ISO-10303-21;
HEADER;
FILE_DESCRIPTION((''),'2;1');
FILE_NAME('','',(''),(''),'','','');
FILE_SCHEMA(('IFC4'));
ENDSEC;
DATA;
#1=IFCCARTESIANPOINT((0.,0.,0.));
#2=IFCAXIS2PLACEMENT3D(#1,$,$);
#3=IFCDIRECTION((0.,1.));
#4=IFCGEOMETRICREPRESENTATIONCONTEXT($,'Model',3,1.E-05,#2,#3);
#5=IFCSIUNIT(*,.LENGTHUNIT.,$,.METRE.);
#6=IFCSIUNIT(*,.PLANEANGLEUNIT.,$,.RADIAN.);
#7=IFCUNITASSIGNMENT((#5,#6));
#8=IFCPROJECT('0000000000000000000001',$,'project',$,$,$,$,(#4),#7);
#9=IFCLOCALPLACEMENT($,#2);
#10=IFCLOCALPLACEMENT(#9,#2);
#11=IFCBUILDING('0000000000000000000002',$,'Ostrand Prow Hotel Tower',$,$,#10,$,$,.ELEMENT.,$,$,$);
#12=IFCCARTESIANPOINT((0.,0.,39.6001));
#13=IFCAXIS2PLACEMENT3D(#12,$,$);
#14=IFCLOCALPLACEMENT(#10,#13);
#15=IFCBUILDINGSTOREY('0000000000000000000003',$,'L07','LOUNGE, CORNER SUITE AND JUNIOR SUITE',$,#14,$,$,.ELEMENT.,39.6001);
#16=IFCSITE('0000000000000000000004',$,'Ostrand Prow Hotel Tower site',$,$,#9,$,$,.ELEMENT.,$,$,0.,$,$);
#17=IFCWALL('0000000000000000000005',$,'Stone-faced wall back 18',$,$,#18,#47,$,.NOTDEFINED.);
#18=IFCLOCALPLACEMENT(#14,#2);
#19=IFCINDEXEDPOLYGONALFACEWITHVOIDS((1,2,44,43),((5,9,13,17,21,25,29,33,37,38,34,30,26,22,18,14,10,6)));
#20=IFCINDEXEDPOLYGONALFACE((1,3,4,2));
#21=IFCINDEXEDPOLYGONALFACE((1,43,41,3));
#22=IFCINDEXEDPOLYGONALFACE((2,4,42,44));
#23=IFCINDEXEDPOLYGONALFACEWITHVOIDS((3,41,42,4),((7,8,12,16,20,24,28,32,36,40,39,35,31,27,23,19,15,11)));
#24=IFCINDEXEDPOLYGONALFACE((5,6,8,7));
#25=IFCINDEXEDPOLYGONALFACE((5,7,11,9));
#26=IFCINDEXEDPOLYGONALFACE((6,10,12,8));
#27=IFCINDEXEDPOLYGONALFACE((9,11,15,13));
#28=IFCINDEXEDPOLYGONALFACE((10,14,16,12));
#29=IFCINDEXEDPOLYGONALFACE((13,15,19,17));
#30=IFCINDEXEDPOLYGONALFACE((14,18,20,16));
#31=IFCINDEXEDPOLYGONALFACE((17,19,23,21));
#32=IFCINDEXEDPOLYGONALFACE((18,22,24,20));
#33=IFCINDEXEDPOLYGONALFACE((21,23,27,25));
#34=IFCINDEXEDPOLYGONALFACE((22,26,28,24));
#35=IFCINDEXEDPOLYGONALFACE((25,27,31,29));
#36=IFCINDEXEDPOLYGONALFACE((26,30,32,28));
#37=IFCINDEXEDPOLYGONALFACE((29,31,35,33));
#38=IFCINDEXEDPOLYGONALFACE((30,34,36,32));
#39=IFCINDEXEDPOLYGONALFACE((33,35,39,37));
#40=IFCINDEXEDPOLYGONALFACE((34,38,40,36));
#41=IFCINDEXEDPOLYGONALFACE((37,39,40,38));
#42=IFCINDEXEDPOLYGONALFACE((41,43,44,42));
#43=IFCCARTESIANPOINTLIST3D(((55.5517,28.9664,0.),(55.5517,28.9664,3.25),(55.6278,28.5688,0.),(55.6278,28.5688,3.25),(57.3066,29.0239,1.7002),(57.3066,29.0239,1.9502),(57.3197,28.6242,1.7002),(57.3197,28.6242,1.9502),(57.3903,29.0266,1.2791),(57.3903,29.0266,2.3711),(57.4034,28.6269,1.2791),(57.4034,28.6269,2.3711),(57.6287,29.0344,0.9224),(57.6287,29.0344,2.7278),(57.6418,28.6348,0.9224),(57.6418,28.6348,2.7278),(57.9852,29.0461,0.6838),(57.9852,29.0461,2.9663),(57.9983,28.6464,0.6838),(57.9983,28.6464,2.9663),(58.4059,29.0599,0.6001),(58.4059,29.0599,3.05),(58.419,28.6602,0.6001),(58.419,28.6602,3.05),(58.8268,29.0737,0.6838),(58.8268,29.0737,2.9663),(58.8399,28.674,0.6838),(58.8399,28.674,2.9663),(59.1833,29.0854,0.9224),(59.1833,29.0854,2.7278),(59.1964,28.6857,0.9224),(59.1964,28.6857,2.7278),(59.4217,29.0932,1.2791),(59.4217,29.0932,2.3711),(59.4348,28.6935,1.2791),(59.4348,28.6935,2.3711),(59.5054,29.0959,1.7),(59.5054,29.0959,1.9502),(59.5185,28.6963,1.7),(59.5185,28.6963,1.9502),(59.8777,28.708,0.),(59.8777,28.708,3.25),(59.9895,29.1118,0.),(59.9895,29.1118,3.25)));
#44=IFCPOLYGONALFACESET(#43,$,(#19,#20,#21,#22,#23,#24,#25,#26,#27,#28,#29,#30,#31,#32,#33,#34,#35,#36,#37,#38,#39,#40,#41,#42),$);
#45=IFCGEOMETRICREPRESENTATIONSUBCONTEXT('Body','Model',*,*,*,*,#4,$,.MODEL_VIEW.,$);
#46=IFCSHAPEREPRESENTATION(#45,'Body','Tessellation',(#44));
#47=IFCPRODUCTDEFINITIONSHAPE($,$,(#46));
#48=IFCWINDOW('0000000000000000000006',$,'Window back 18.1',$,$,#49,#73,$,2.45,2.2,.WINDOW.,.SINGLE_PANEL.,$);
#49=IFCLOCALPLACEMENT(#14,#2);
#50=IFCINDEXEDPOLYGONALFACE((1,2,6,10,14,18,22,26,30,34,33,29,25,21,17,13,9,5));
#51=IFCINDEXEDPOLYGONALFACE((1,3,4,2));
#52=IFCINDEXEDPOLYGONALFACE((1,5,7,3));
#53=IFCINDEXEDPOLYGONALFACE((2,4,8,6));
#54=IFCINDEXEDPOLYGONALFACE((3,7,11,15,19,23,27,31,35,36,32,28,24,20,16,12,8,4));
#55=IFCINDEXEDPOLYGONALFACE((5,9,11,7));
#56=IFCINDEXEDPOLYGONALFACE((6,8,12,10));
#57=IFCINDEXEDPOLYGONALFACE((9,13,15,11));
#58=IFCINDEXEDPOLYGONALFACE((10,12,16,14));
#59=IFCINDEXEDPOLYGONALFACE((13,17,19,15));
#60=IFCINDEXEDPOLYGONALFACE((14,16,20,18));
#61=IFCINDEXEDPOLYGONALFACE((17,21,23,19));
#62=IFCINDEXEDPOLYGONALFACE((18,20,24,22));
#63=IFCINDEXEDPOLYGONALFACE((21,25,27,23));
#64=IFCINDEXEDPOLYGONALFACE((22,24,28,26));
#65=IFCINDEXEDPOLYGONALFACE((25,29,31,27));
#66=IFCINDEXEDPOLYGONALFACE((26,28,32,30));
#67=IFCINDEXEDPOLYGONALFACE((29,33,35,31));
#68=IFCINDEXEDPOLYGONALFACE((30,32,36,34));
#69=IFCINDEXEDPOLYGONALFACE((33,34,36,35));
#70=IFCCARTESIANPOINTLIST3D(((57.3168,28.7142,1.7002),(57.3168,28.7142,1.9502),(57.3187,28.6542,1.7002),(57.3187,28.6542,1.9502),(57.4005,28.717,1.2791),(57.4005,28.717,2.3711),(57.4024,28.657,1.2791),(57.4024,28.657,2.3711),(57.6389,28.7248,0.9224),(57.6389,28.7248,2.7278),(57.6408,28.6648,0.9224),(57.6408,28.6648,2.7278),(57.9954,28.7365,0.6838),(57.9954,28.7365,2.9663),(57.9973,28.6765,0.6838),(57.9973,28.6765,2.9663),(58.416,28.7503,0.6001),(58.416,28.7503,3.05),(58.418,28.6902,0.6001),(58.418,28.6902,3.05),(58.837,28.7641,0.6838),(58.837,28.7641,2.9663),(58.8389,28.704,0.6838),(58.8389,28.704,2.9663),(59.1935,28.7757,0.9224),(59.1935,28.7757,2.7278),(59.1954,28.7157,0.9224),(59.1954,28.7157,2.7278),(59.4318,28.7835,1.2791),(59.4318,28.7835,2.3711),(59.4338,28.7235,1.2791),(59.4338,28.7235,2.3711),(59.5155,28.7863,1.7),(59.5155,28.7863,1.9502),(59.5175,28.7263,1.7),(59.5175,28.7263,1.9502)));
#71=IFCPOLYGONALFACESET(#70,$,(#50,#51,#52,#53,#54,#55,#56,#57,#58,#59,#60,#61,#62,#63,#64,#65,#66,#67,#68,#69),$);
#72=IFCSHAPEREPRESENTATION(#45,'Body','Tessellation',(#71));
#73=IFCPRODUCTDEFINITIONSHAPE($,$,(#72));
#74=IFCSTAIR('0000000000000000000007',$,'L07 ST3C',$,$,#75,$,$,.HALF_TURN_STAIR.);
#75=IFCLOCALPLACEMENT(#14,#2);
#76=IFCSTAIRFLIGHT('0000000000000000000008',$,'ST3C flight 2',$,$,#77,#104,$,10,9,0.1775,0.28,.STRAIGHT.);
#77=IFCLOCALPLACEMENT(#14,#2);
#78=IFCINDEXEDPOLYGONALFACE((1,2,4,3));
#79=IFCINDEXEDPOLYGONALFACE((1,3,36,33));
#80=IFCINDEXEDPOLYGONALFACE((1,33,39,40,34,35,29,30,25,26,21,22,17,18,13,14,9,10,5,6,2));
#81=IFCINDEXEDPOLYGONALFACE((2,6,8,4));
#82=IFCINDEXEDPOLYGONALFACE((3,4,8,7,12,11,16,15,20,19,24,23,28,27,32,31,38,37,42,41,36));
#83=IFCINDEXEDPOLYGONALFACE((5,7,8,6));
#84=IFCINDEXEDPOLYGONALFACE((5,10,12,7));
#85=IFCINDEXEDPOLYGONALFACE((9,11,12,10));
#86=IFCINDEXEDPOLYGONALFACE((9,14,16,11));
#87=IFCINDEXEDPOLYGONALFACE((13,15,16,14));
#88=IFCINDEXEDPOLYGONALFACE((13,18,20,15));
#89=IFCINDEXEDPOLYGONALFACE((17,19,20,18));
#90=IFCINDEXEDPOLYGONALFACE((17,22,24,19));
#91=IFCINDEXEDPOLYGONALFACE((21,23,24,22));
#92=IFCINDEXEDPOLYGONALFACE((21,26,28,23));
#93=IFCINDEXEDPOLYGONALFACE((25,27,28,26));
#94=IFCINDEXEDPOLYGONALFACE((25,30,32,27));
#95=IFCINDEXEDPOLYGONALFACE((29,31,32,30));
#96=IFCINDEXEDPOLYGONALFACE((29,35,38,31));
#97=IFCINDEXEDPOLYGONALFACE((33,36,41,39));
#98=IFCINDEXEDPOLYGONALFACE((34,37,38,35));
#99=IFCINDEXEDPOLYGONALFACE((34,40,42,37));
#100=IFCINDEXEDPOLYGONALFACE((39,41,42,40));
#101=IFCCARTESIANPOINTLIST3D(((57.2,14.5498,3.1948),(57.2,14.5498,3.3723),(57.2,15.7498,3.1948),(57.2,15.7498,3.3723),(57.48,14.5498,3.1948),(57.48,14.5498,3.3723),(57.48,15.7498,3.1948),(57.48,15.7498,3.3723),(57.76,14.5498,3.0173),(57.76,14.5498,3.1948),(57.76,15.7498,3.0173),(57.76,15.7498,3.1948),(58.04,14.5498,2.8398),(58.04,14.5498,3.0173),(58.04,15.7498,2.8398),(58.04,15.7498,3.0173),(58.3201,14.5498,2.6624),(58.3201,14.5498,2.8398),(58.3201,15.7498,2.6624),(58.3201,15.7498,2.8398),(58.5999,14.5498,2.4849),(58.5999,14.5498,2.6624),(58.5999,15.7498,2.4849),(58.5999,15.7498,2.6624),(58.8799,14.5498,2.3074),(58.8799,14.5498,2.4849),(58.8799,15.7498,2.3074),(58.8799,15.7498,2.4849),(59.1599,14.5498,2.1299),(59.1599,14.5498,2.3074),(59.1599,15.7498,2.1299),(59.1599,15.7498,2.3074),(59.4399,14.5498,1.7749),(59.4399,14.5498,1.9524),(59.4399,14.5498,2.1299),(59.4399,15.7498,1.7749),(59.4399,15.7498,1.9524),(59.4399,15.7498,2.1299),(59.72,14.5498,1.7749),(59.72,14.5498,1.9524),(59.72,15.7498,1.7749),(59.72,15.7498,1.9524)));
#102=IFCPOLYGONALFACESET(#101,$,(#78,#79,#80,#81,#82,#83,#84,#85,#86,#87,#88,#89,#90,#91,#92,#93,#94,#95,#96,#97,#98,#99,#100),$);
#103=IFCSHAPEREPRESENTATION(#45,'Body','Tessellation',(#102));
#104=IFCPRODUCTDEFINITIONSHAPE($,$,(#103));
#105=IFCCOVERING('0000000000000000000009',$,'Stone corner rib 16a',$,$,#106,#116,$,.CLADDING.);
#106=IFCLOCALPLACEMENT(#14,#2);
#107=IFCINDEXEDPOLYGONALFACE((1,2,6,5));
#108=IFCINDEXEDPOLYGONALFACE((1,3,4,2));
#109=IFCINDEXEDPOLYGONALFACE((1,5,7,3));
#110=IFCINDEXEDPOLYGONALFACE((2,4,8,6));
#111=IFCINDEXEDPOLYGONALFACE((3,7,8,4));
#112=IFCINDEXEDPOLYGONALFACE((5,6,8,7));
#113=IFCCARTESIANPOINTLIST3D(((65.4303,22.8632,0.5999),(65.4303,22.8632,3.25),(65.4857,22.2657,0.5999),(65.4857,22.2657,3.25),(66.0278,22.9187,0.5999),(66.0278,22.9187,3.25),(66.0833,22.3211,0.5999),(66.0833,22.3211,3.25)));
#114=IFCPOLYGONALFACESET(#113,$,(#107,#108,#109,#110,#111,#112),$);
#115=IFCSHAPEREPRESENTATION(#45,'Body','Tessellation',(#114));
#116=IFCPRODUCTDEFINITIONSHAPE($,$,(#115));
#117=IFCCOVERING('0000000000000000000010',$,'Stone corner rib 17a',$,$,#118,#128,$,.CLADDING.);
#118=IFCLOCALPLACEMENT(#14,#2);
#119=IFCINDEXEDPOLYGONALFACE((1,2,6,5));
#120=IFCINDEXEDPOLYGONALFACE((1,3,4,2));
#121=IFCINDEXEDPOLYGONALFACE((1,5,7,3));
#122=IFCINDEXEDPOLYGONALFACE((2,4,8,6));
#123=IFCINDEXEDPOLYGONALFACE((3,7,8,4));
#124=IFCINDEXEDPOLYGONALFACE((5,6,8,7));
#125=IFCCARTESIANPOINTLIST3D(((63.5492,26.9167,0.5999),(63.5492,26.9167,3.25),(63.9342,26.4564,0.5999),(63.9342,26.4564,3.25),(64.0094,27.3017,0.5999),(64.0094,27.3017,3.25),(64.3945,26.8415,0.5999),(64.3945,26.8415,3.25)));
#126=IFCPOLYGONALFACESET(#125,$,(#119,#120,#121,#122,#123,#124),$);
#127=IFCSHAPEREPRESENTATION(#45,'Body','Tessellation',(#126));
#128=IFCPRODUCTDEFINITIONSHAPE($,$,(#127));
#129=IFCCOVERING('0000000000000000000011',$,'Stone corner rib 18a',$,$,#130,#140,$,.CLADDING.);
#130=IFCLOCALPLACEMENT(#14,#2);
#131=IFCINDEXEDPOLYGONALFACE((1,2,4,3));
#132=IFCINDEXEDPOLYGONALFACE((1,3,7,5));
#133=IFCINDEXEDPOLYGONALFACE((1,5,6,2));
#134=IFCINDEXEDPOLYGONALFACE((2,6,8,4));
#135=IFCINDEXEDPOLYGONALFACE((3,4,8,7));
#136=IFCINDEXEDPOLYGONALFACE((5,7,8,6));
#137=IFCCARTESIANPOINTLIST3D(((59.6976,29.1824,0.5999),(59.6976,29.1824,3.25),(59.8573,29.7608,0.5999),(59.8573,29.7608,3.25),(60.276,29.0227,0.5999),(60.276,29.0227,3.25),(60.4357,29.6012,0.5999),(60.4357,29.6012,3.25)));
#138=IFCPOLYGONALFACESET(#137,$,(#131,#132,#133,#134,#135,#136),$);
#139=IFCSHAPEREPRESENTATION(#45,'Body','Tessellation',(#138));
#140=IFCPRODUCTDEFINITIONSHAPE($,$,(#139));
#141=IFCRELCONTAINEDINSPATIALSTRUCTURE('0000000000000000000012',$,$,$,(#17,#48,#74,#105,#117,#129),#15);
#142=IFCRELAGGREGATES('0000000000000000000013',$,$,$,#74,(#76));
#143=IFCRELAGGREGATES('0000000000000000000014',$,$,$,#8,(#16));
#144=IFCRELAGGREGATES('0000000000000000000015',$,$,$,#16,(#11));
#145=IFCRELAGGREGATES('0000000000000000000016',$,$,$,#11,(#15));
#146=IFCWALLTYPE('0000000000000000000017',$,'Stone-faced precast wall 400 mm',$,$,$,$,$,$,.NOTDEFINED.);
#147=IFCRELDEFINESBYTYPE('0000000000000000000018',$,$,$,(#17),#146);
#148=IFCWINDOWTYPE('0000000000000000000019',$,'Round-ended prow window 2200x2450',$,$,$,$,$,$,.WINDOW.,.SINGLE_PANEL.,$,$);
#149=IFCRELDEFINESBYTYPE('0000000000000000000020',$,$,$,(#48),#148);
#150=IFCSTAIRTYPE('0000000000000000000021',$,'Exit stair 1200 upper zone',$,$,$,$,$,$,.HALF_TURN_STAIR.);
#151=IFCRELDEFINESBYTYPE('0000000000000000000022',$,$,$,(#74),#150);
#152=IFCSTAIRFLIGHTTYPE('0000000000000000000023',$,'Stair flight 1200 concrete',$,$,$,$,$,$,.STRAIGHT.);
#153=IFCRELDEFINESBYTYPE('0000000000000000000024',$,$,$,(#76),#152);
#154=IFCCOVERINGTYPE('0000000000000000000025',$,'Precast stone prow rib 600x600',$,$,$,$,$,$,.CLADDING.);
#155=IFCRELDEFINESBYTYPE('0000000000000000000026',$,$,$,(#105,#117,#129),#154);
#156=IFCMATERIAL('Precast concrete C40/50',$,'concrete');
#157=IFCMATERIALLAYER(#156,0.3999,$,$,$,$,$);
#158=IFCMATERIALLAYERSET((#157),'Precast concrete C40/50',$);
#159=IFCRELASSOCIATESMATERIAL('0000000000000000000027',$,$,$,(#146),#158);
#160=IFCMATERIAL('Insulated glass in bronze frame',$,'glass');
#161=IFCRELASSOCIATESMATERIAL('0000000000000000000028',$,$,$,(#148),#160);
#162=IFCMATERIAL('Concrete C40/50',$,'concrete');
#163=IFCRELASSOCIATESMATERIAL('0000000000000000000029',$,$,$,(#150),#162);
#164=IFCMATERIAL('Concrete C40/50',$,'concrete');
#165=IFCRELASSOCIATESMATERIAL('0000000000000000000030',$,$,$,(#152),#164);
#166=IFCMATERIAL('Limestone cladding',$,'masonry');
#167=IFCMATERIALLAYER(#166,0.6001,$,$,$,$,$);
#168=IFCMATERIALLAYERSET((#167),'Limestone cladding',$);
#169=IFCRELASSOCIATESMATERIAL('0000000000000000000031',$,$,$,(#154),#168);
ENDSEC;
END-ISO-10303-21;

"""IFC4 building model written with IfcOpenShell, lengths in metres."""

from ifc_helpers import new_model, si_unit, direction, frame, frame_2d, origin, place, context, subcontext, project, spatial, polyline, rectangle, outline, extrude, material, layer, layer_set, type_object, element, fill, aggregate, save


model = new_model("IFC4")

# Units and contexts
model_context = context("Model", 3, precision=1e-05, world=origin(), true_north=direction((0.0, 1.0)))
body_context = subcontext(model_context, "Body", "Model", "MODEL_VIEW")
ifc_project = project(units=[si_unit("LENGTHUNIT", "METRE"), si_unit("PLANEANGLEUNIT", "RADIAN")], contexts=[model_context])

# Site, building, storey
site_placement = place(None, origin())
site = spatial("IfcSite", under=ifc_project, at=site_placement, Name="Ostrand Prow Hotel Tower site", CompositionType="ELEMENT", RefElevation=0.0)
building_placement = place(site_placement, origin())
building = spatial("IfcBuilding", under=site, at=building_placement, Name="Ostrand Prow Hotel Tower", CompositionType="ELEMENT")
storey_placement = place(building_placement, frame((0.0, 0.0, 39.6001)))
storey = spatial("IfcBuildingStorey", under=building, at=storey_placement, Name="L07", Description="LOUNGE, CORNER SUITE AND JUNIOR SUITE", CompositionType="ELEMENT", Elevation=39.6001)

# Wall, opening, window
ifc_material_1 = material(Name="Precast concrete C40/50", Category="concrete")
ifc_layer_1 = layer(ifc_material_1, 0.3999)
ifc_layer_set_1 = layer_set([ifc_layer_1], Name="Precast concrete C40/50")
wall_type_1 = type_object("IfcWallType", Name="Stone-faced precast wall 400 mm", PredefinedType="NOTDEFINED", material=ifc_layer_set_1)
ifc_material_2 = material(Name="Insulated glass in bronze frame", Category="glass")
window_type_1 = type_object("IfcWindowType", Name="Round-ended prow window 2200x2450", PartitioningType="SINGLE_PANEL", PredefinedType="WINDOW", material=ifc_material_2)
wall_1_placement = place(storey_placement, frame((59.9336, 28.9099, 0.0), z_axis=(0.0, 0.0, 1.0), x_axis=(-0.999464, -0.03275, 0.0)))
wall_1 = element("IfcWall", 1, at=wall_1_placement, inside=storey, type_object=wall_type_1, Name="Stone-faced wall back 18", PredefinedType="NOTDEFINED", context=body_context, shape_type="SweptSolid", body=[
    extrude(outline(polyline([(-0.0625, -0.2), (4.3777, -0.2), (4.3147, 0.2), (0.0625, 0.2), (-0.0625, -0.2)])), origin(), (0.0, 0.0, 1.0), 3.25),
])
opening_1_placement = place(wall_1_placement, frame((0.4219, 0.0, 0.6001)))
opening_1 = element("IfcOpeningElement", 2, at=opening_1_placement, cuts=wall_1, PredefinedType="OPENING", context=body_context, shape_type="SweptSolid", body=[
    extrude(outline(polyline([(0.0, 1.3501), (0.0837, 1.771), (0.3223, 2.1277), (0.679, 2.3662), (1.1001, 2.45), (1.521, 2.3662), (1.8777, 2.1277), (2.1162, 1.771), (2.2, 1.3501), (2.2, 1.1001), (2.1162, 0.679), (1.8777, 0.3223), (1.521, 0.0837), (1.1001, 0.0), (0.679, 0.0837), (0.3223, 0.3223), (0.0837, 0.679), (0.0, 1.0999), (0.0, 1.3501)])), frame((0.0, 0.21, 0.0), z_axis=(0.0, -1.0, 0.0), x_axis=(1.0, 0.0, 0.0)), (0.0, 0.0, 1.0), 0.4199),
])
window_1_placement = place(opening_1_placement, origin())
window_1 = element("IfcWindow", 3, at=window_1_placement, inside=storey, type_object=window_type_1, Name="Window back 18.1", OverallHeight=2.45, OverallWidth=2.2, PartitioningType="SINGLE_PANEL", PredefinedType="WINDOW", context=body_context, shape_type="SweptSolid", body=[
    extrude(outline(polyline([(0.0, 1.3501), (0.0837, 1.771), (0.3223, 2.1277), (0.679, 2.3662), (1.1001, 2.45), (1.521, 2.3662), (1.8777, 2.1277), (2.1162, 1.771), (2.2, 1.3501), (2.2, 1.1001), (2.1162, 0.679), (1.8777, 0.3223), (1.521, 0.0837), (1.1001, 0.0), (0.679, 0.0837), (0.3223, 0.3223), (0.0837, 0.679), (0.0, 1.0999), (0.0, 1.3501)])), frame((0.0, 0.1699, 0.0), z_axis=(0.0, -1.0, 0.0), x_axis=(1.0, 0.0, 0.0)), (0.0, 0.0, 1.0), 0.0601),
])
fill(opening_1, window_1)

# Stair, stair flight
ifc_material_3 = material(Name="Concrete C40/50", Category="concrete")
stair_type = type_object("IfcStairType", Name="Exit stair 1200 upper zone", PredefinedType="HALF_TURN_STAIR", material=ifc_material_3)
stair_placement = place(storey_placement, origin())
stair = element("IfcStair", 4, at=stair_placement, inside=storey, type_object=stair_type, Name="L07 ST3C", PredefinedType="HALF_TURN_STAIR")
ifc_material_4 = material(Name="Concrete C40/50", Category="concrete")
stair_flight_type = type_object("IfcStairFlightType", Name="Stair flight 1200 concrete", PredefinedType="STRAIGHT", material=ifc_material_4)
stair_flight_placement = place(storey_placement, frame((59.72, 15.1499, 1.7749), z_axis=(0.0, 0.0, 1.0), x_axis=(-1.0, 0.0, 0.0)))
stair_flight = element("IfcStairFlight", 5, at=stair_flight_placement, type_object=stair_flight_type, Name="ST3C flight 2", NumberOfRisers=10, NumberOfTreads=9, PredefinedType="STRAIGHT", RiserHeight=0.1775, TreadLength=0.28, context=body_context, shape_type="SweptSolid", body=[
    extrude(outline(polyline([(0.0, 0.0), (0.0, 0.1775), (0.28, 0.1775), (0.28, 0.355), (0.5601, 0.355), (0.5601, 0.5325), (0.8401, 0.5325), (0.8401, 0.71), (1.1201, 0.71), (1.1201, 0.8875), (1.3999, 0.8875), (1.3999, 1.0649), (1.6799, 1.0649), (1.6799, 1.2424), (1.96, 1.2424), (1.96, 1.4199), (2.24, 1.4199), (2.24, 1.5974), (2.52, 1.5974), (2.52, 1.7749), (2.52, 1.4199), (0.28, 0.0), (0.0, 0.0)])), frame((0.0, 0.6001, 0.0), z_axis=(0.0, -1.0, 0.0), x_axis=(1.0, 0.0, 0.0)), (0.0, 0.0, 1.0), 1.2),
])
aggregate(stair, [stair_flight])

# Coverings
ifc_material_5 = material(Name="Limestone cladding", Category="masonry")
ifc_layer_2 = layer(ifc_material_5, 0.6001)
ifc_layer_set_2 = layer_set([ifc_layer_2], Name="Limestone cladding")
covering_type = type_object("IfcCoveringType", Name="Precast stone prow rib 600x600", PredefinedType="CLADDING", material=ifc_layer_set_2)
for number, where, z_axis, x_axis, name in (
    (6, (65.458, 22.5645, 0.5999), (0.0, 0.0, 1.0), (0.995725, 0.09237, 0.0), "Stone corner rib 16a"),
    (7, (63.7417, 26.6865, 0.5999), (0.0, 0.0, 1.0), (0.766986, 0.641664, 0.0), "Stone corner rib 17a"),
    (8, (59.9868, 29.1025, 0.5999), (0.0, 0.0, 1.0), (0.266112, 0.963942, 0.0), "Stone corner rib 18a"),
):
    element("IfcCovering", number, at=place(storey_placement, frame(where, z_axis=z_axis, x_axis=x_axis)), inside=storey, type_object=covering_type, Name=name, PredefinedType="CLADDING", context=body_context, shape_type="SweptSolid", body=[
        extrude(rectangle(XDim=0.6001, YDim=0.6001, at=frame_2d((0.3, 0.0))), origin(), (0.0, 0.0, 1.0), 2.6501),
    ])

save(model, "model.ifc")
